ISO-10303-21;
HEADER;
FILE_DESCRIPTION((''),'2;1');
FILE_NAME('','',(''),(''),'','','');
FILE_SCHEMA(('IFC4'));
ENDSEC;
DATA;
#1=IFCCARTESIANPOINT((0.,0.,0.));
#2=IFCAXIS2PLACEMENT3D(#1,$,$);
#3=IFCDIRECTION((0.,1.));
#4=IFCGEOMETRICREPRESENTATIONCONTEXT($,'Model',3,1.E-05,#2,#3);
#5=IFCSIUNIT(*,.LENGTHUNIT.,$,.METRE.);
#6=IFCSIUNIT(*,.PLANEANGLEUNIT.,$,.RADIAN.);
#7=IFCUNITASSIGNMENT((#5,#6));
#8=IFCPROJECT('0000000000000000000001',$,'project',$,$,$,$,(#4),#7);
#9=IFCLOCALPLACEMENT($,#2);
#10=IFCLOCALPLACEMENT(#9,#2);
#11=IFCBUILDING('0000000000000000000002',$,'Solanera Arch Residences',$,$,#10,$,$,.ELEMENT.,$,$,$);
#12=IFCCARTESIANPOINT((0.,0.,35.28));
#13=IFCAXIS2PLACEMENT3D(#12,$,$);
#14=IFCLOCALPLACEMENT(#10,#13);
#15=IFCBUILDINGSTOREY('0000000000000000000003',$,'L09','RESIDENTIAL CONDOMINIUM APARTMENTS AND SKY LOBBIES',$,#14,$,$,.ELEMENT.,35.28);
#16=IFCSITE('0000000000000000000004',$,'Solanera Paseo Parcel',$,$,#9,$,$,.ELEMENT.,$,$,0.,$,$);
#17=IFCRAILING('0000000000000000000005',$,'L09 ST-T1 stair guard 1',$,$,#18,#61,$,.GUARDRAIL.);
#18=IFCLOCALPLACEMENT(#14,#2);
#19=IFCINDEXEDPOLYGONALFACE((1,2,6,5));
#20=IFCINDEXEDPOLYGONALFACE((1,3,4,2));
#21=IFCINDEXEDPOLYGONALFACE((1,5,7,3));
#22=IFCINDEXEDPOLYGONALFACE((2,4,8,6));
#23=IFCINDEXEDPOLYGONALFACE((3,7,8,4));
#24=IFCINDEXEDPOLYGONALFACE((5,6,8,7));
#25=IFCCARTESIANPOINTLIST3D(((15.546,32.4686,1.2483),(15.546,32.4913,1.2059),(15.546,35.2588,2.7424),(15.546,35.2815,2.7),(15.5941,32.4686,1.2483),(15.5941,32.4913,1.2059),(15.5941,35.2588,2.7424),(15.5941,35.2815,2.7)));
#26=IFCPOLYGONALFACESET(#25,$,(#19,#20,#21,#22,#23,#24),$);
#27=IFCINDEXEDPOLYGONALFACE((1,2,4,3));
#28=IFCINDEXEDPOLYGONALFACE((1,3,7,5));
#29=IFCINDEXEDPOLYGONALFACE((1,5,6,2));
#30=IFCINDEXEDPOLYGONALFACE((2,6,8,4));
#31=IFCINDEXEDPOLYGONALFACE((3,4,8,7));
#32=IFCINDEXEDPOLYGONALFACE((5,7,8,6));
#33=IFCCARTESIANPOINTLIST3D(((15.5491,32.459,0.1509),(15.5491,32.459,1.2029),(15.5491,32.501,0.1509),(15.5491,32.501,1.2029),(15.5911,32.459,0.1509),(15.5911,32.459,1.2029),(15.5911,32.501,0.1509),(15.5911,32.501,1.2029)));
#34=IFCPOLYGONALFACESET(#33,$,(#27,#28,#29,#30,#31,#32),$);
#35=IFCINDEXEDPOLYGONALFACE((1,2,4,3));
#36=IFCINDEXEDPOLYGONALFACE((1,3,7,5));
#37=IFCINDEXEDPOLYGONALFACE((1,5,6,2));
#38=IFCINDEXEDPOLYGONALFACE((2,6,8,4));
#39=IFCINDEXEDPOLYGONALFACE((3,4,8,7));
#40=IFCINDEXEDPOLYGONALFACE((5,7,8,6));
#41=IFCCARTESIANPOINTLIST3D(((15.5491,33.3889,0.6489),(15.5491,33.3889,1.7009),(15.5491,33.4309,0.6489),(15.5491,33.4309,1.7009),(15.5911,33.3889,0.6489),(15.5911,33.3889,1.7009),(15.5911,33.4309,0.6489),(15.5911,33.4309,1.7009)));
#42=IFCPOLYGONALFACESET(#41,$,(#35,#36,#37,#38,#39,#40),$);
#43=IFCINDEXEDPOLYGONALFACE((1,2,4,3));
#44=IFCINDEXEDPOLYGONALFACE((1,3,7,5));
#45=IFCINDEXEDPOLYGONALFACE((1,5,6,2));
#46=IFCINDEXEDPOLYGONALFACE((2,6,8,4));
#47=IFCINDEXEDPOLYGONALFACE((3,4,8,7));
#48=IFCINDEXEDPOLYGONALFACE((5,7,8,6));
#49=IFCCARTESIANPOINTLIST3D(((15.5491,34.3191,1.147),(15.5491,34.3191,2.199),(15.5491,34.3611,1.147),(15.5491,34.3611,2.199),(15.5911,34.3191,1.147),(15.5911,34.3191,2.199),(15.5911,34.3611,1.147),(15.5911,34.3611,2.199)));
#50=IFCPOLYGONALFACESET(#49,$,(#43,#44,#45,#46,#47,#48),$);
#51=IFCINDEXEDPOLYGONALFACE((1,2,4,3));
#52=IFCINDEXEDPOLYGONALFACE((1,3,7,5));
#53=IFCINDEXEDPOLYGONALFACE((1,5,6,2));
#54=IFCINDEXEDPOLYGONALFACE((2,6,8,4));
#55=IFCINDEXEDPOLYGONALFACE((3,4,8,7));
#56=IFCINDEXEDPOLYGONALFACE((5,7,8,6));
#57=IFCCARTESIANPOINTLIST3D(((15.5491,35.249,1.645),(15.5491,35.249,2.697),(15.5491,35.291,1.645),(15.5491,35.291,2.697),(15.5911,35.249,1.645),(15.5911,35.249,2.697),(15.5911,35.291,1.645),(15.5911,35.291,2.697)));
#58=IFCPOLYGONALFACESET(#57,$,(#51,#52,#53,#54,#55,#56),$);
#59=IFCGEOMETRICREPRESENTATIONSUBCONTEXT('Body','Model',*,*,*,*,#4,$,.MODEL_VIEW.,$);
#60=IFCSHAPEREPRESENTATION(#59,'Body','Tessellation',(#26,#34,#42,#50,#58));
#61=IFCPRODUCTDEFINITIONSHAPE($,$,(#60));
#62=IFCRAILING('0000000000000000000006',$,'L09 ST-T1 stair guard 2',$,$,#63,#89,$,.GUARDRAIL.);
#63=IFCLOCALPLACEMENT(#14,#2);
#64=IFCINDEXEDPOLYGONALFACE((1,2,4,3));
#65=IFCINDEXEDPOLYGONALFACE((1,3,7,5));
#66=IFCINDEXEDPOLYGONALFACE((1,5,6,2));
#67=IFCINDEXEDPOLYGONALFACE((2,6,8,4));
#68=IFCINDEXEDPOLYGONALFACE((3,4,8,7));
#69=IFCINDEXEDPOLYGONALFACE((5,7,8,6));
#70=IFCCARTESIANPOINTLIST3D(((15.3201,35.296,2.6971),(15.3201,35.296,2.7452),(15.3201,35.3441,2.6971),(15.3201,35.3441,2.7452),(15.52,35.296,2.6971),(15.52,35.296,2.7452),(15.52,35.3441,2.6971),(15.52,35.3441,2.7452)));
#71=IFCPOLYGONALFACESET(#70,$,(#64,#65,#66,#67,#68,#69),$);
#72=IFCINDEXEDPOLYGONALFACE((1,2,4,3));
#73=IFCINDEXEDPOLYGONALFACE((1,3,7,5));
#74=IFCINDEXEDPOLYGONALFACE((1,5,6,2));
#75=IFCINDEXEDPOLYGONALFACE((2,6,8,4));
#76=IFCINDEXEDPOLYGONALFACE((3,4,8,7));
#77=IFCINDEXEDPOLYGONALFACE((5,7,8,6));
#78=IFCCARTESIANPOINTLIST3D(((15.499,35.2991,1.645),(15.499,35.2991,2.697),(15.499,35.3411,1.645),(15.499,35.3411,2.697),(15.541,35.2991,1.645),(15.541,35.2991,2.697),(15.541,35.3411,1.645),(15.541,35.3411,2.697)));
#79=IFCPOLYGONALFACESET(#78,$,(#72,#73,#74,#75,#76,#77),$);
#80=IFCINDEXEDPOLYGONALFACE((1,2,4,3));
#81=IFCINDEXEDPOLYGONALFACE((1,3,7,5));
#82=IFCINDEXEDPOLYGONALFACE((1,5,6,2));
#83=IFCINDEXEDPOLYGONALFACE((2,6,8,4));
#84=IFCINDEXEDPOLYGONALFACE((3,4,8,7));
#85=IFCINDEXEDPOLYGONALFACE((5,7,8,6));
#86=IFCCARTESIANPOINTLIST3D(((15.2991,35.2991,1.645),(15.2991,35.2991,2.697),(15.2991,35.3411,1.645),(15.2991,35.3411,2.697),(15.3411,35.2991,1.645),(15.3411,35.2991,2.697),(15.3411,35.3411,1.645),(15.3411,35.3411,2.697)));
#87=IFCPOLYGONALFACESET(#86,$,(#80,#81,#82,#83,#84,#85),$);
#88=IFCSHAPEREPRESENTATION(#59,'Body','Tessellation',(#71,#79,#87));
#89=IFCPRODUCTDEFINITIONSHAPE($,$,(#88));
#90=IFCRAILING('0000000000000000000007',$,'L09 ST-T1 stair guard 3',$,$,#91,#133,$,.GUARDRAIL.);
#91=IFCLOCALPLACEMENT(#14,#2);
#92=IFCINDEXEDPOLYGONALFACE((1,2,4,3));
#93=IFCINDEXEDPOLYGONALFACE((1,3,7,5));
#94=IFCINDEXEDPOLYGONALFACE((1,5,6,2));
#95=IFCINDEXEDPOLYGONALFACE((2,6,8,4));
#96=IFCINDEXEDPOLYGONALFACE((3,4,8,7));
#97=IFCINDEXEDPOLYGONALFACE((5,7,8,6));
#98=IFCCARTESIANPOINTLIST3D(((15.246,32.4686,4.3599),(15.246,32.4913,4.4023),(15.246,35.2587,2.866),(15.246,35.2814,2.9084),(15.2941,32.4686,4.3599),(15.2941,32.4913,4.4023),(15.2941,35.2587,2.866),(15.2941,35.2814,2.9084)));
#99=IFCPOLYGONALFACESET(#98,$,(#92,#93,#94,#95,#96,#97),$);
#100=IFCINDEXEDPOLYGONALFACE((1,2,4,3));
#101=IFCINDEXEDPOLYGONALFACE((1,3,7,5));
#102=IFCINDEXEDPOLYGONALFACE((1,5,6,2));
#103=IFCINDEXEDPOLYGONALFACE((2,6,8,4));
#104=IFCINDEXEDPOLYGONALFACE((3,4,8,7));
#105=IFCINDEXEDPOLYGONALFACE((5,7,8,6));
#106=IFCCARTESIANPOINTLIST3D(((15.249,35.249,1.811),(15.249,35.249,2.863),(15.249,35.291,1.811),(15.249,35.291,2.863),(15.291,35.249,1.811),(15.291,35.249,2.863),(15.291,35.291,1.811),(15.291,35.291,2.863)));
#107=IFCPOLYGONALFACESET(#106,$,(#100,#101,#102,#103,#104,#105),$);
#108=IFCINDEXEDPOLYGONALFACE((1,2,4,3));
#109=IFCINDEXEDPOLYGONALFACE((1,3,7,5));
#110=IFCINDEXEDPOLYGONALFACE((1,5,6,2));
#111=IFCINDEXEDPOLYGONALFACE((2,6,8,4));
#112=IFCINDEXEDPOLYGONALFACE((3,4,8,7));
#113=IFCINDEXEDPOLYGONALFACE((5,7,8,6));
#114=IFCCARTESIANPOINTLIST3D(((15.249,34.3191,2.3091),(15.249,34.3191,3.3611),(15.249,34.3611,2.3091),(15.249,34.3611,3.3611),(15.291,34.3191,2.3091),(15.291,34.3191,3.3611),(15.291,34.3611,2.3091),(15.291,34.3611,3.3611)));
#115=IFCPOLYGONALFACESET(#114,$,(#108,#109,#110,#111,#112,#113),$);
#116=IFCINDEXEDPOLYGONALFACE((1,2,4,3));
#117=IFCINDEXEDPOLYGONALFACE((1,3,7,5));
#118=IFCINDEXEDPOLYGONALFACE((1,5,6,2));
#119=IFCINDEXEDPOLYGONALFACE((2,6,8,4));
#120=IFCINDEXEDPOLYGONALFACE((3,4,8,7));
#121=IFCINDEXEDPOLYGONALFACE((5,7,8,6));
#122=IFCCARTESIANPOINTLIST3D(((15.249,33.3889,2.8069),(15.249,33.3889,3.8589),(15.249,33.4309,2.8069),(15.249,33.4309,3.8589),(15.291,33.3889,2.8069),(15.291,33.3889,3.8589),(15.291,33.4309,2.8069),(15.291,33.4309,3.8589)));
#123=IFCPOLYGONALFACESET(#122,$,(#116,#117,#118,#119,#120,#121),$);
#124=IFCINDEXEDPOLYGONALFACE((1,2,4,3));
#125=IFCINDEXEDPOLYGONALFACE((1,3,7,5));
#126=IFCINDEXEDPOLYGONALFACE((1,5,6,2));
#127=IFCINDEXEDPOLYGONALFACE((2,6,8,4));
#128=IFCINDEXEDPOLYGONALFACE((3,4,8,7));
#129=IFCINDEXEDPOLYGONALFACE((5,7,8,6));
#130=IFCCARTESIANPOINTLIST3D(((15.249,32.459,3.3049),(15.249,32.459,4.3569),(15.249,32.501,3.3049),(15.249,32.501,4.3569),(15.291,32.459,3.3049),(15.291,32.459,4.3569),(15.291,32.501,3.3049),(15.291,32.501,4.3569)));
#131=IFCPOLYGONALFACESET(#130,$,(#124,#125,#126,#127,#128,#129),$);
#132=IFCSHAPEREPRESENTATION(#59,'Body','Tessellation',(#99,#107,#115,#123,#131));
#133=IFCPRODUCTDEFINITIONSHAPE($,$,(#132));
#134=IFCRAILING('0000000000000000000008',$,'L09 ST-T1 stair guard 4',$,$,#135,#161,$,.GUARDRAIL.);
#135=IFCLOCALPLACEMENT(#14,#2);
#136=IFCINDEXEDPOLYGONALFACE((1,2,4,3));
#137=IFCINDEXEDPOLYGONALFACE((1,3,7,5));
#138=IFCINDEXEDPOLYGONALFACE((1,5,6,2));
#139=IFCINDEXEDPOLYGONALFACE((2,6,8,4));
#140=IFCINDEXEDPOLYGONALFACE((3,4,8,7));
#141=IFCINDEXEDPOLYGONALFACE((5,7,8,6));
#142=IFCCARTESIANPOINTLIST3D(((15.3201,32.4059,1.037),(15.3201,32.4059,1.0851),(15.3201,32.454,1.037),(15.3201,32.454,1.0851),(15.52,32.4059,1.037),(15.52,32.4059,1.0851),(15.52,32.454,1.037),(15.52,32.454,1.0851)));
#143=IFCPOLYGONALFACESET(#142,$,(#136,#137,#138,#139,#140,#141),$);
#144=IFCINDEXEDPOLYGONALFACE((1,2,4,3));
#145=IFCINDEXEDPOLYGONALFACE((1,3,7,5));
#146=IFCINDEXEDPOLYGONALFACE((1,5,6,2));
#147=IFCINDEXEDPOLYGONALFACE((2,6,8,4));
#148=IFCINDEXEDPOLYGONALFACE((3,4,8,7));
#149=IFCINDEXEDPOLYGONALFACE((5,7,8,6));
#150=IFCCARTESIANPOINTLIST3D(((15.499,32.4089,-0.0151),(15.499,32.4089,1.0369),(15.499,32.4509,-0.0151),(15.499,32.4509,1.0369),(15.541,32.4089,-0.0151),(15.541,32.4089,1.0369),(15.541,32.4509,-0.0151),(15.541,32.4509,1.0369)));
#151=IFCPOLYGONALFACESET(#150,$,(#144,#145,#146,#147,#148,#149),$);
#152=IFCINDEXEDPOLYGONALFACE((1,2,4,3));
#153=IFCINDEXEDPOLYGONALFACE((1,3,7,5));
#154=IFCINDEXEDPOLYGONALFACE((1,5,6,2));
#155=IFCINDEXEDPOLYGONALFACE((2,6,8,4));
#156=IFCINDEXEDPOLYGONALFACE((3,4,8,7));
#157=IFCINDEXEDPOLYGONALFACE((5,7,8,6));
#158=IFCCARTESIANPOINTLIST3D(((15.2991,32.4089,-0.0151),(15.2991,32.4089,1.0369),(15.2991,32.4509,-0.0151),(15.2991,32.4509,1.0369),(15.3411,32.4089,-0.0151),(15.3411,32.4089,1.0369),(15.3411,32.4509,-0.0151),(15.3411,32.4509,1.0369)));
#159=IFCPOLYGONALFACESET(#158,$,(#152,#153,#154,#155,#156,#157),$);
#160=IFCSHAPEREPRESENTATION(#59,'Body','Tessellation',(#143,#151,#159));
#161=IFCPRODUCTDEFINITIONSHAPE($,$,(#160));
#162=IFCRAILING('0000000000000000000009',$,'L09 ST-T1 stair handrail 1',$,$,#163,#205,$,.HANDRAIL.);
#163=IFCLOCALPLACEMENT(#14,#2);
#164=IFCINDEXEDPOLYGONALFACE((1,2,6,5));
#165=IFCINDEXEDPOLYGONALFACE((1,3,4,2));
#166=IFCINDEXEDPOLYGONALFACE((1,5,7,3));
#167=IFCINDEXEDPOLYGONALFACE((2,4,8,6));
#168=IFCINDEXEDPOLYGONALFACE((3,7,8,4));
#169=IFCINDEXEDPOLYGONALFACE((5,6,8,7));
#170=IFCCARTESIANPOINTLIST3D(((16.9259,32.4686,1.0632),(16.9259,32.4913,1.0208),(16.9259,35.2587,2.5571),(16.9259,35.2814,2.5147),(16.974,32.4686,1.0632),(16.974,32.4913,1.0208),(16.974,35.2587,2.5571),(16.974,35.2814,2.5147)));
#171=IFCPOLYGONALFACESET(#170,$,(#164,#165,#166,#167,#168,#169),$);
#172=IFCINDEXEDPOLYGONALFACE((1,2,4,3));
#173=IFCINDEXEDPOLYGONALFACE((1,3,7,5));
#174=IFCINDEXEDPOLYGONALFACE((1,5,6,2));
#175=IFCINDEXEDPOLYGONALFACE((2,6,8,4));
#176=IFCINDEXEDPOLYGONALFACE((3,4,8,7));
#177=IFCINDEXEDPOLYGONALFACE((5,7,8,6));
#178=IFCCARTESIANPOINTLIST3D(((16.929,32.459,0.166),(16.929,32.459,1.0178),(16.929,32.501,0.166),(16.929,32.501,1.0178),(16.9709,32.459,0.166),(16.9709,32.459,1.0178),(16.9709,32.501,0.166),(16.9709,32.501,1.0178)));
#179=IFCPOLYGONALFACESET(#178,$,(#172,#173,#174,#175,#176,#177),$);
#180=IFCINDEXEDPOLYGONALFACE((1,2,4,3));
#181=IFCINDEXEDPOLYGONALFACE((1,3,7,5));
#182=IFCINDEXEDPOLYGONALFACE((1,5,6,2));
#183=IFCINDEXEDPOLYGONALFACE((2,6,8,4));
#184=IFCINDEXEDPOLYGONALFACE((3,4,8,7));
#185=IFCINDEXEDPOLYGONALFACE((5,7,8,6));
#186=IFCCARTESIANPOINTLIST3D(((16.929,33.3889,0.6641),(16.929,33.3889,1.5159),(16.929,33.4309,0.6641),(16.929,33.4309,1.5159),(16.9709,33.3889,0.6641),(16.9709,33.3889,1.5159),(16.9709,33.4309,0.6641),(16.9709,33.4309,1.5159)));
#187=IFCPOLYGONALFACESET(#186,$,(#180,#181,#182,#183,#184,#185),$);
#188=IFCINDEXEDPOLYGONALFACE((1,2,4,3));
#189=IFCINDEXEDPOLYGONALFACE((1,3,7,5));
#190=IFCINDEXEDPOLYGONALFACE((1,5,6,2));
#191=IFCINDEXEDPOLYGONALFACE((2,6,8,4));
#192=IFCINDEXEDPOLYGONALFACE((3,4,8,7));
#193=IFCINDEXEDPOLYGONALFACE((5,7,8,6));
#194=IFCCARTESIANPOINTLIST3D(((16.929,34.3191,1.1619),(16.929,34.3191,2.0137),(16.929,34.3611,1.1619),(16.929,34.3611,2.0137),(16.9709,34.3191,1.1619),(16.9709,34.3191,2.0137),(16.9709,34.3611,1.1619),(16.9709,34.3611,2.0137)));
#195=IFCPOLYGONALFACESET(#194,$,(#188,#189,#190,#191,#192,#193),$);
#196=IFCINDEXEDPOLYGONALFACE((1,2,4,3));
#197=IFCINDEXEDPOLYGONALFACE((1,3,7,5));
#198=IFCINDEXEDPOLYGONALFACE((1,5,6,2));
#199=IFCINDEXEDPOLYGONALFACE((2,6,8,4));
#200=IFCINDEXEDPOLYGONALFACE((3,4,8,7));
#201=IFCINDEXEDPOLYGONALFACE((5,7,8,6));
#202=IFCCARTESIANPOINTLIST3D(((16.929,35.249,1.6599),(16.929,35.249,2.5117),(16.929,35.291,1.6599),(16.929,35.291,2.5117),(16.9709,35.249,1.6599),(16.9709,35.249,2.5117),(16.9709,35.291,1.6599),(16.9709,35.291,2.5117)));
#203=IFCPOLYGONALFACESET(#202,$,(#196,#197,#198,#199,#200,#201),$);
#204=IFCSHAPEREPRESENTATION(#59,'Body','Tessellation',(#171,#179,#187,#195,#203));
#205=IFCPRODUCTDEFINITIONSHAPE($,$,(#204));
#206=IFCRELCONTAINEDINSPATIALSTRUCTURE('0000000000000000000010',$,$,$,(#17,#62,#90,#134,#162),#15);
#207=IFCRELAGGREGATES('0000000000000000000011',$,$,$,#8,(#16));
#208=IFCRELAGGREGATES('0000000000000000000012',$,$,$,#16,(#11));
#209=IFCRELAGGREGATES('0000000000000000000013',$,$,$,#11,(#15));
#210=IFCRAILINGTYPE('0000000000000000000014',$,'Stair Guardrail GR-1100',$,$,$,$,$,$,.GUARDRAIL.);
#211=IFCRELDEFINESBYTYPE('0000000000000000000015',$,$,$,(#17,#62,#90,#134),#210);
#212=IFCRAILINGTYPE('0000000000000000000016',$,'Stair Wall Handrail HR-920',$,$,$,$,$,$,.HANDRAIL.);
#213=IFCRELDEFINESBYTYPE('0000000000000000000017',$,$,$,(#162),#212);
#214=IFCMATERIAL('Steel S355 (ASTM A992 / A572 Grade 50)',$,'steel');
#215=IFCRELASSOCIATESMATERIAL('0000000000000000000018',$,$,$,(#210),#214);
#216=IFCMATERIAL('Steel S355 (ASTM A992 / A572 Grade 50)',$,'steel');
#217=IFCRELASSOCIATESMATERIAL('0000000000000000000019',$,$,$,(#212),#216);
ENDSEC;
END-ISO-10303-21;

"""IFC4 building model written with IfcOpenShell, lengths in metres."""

from ifc_helpers import new_model, si_unit, direction, frame, origin, origin_2d, place, context, subcontext, project, spatial, rectangle, extrude, material, type_object, element, save


model = new_model("IFC4")

# Units and contexts
model_context = context("Model", 3, precision=1e-05, world=origin(), true_north=direction((0.0, 1.0)))
body_context = subcontext(model_context, "Body", "Model", "MODEL_VIEW")
ifc_project = project(units=[si_unit("LENGTHUNIT", "METRE"), si_unit("PLANEANGLEUNIT", "RADIAN")], contexts=[model_context])

# Site, building, storey
site_placement = place(None, origin())
site = spatial("IfcSite", under=ifc_project, at=site_placement, Name="Solanera Paseo Parcel", CompositionType="ELEMENT", RefElevation=0.0)
building_placement = place(site_placement, origin())
building = spatial("IfcBuilding", under=site, at=building_placement, Name="Solanera Arch Residences", CompositionType="ELEMENT")
storey_placement = place(building_placement, frame((0.0, 0.0, 35.28)))
storey = spatial("IfcBuildingStorey", under=building, at=storey_placement, Name="L09", Description="RESIDENTIAL CONDOMINIUM APARTMENTS AND SKY LOBBIES", CompositionType="ELEMENT", Elevation=35.28)

# Railings
ifc_material_1 = material(Name="Steel S355 (ASTM A992 / A572 Grade 50)", Category="steel")
railing_type_1 = type_object("IfcRailingType", Name="Stair Guardrail GR-1100", PredefinedType="GUARDRAIL", material=ifc_material_1)
railing_1_placement = place(storey_placement, frame((15.5701, 32.48, 0.1509)))
element("IfcRailing", 1, at=railing_1_placement, inside=storey, type_object=railing_type_1, Name="L09 ST-T1 stair guard 1", PredefinedType="GUARDRAIL", context=body_context, shape_type="SweptSolid", body=[
    extrude(rectangle(XDim=0.0481, YDim=0.0481, at=origin_2d()), frame((0.0, 0.0, 1.0762), z_axis=(0.0, 0.881549, 0.472093), x_axis=(-1.0, 0.0, 0.0)), (0.0, 0.0, 1.0), 3.165),
    extrude(rectangle(XDim=0.042, YDim=0.042, at=origin_2d()), origin(), (0.0, 0.0, 1.0), 1.052),
    extrude(rectangle(XDim=0.042, YDim=0.042, at=origin_2d()), frame((0.0, 0.9299, 0.498)), (0.0, 0.0, 1.0), 1.052),
    extrude(rectangle(XDim=0.042, YDim=0.042, at=origin_2d()), frame((0.0, 1.8601, 0.9961)), (0.0, 0.0, 1.0), 1.052),
    extrude(rectangle(XDim=0.042, YDim=0.042, at=origin_2d()), frame((0.0, 2.79, 1.4941)), (0.0, 0.0, 1.0), 1.052),
])
railing_2_placement = place(storey_placement, frame((15.52, 35.3201, 1.645)))
element("IfcRailing", 2, at=railing_2_placement, inside=storey, type_object=railing_type_1, Name="L09 ST-T1 stair guard 2", PredefinedType="GUARDRAIL", context=body_context, shape_type="SweptSolid", body=[
    extrude(rectangle(XDim=0.0481, YDim=0.0481, at=origin_2d()), frame((0.0, 0.0, 1.0762), z_axis=(-1.0, 0.0, 0.0), x_axis=(0.0, -1.0, 0.0)), (0.0, 0.0, 1.0), 0.2),
    extrude(rectangle(XDim=0.042, YDim=0.042, at=origin_2d()), origin(), (0.0, 0.0, 1.0), 1.052),
    extrude(rectangle(XDim=0.042, YDim=0.042, at=origin_2d()), frame((-0.2, 0.0, 0.0)), (0.0, 0.0, 1.0), 1.052),
])
railing_3_placement = place(storey_placement, frame((15.27, 35.27, 1.811)))
element("IfcRailing", 3, at=railing_3_placement, inside=storey, type_object=railing_type_1, Name="L09 ST-T1 stair guard 3", PredefinedType="GUARDRAIL", context=body_context, shape_type="SweptSolid", body=[
    extrude(rectangle(XDim=0.0481, YDim=0.0481, at=origin_2d()), frame((0.0, 0.0, 1.0762), z_axis=(0.0, -0.881581, 0.472033), x_axis=(1.0, 0.0, 0.0)), (0.0, 0.0, 1.0), 3.1648),
    extrude(rectangle(XDim=0.042, YDim=0.042, at=origin_2d()), origin(), (0.0, 0.0, 1.0), 1.052),
    extrude(rectangle(XDim=0.042, YDim=0.042, at=origin_2d()), frame((0.0, -0.9299, 0.498)), (0.0, 0.0, 1.0), 1.052),
    extrude(rectangle(XDim=0.042, YDim=0.042, at=origin_2d()), frame((0.0, -1.8601, 0.9958)), (0.0, 0.0, 1.0), 1.052),
    extrude(rectangle(XDim=0.042, YDim=0.042, at=origin_2d()), frame((0.0, -2.79, 1.4939)), (0.0, 0.0, 1.0), 1.052),
])
railing_4_placement = place(storey_placement, frame((15.52, 32.4299, -0.0151)))
element("IfcRailing", 4, at=railing_4_placement, inside=storey, type_object=railing_type_1, Name="L09 ST-T1 stair guard 4", PredefinedType="GUARDRAIL", context=body_context, shape_type="SweptSolid", body=[
    extrude(rectangle(XDim=0.0481, YDim=0.0481, at=origin_2d()), frame((0.0, 0.0, 1.0762), z_axis=(-1.0, 0.0, 0.0), x_axis=(0.0, -1.0, 0.0)), (0.0, 0.0, 1.0), 0.2),
    extrude(rectangle(XDim=0.042, YDim=0.042, at=origin_2d()), origin(), (0.0, 0.0, 1.0), 1.052),
    extrude(rectangle(XDim=0.042, YDim=0.042, at=origin_2d()), frame((-0.2, 0.0, 0.0)), (0.0, 0.0, 1.0), 1.052),
])
ifc_material_2 = material(Name="Steel S355 (ASTM A992 / A572 Grade 50)", Category="steel")
railing_type_2 = type_object("IfcRailingType", Name="Stair Wall Handrail HR-920", PredefinedType="HANDRAIL", material=ifc_material_2)
railing_5_placement = place(storey_placement, frame((16.95, 32.48, 0.166)))
element("IfcRailing", 5, at=railing_5_placement, inside=storey, type_object=railing_type_2, Name="L09 ST-T1 stair handrail 1", PredefinedType="HANDRAIL", context=body_context, shape_type="SweptSolid", body=[
    extrude(rectangle(XDim=0.0481, YDim=0.0481, at=origin_2d()), frame((0.0, 0.0, 0.876), z_axis=(0.0, 0.881581, 0.472033), x_axis=(-1.0, 0.0, 0.0)), (0.0, 0.0, 1.0), 3.1648),
    extrude(rectangle(XDim=0.042, YDim=0.042, at=origin_2d()), origin(), (0.0, 0.0, 1.0), 0.8518),
    extrude(rectangle(XDim=0.042, YDim=0.042, at=origin_2d()), frame((0.0, 0.9299, 0.498)), (0.0, 0.0, 1.0), 0.8518),
    extrude(rectangle(XDim=0.042, YDim=0.042, at=origin_2d()), frame((0.0, 1.8601, 0.9958)), (0.0, 0.0, 1.0), 0.8518),
    extrude(rectangle(XDim=0.042, YDim=0.042, at=origin_2d()), frame((0.0, 2.79, 1.4939)), (0.0, 0.0, 1.0), 0.8518),
])

save(model, "model.ifc")
